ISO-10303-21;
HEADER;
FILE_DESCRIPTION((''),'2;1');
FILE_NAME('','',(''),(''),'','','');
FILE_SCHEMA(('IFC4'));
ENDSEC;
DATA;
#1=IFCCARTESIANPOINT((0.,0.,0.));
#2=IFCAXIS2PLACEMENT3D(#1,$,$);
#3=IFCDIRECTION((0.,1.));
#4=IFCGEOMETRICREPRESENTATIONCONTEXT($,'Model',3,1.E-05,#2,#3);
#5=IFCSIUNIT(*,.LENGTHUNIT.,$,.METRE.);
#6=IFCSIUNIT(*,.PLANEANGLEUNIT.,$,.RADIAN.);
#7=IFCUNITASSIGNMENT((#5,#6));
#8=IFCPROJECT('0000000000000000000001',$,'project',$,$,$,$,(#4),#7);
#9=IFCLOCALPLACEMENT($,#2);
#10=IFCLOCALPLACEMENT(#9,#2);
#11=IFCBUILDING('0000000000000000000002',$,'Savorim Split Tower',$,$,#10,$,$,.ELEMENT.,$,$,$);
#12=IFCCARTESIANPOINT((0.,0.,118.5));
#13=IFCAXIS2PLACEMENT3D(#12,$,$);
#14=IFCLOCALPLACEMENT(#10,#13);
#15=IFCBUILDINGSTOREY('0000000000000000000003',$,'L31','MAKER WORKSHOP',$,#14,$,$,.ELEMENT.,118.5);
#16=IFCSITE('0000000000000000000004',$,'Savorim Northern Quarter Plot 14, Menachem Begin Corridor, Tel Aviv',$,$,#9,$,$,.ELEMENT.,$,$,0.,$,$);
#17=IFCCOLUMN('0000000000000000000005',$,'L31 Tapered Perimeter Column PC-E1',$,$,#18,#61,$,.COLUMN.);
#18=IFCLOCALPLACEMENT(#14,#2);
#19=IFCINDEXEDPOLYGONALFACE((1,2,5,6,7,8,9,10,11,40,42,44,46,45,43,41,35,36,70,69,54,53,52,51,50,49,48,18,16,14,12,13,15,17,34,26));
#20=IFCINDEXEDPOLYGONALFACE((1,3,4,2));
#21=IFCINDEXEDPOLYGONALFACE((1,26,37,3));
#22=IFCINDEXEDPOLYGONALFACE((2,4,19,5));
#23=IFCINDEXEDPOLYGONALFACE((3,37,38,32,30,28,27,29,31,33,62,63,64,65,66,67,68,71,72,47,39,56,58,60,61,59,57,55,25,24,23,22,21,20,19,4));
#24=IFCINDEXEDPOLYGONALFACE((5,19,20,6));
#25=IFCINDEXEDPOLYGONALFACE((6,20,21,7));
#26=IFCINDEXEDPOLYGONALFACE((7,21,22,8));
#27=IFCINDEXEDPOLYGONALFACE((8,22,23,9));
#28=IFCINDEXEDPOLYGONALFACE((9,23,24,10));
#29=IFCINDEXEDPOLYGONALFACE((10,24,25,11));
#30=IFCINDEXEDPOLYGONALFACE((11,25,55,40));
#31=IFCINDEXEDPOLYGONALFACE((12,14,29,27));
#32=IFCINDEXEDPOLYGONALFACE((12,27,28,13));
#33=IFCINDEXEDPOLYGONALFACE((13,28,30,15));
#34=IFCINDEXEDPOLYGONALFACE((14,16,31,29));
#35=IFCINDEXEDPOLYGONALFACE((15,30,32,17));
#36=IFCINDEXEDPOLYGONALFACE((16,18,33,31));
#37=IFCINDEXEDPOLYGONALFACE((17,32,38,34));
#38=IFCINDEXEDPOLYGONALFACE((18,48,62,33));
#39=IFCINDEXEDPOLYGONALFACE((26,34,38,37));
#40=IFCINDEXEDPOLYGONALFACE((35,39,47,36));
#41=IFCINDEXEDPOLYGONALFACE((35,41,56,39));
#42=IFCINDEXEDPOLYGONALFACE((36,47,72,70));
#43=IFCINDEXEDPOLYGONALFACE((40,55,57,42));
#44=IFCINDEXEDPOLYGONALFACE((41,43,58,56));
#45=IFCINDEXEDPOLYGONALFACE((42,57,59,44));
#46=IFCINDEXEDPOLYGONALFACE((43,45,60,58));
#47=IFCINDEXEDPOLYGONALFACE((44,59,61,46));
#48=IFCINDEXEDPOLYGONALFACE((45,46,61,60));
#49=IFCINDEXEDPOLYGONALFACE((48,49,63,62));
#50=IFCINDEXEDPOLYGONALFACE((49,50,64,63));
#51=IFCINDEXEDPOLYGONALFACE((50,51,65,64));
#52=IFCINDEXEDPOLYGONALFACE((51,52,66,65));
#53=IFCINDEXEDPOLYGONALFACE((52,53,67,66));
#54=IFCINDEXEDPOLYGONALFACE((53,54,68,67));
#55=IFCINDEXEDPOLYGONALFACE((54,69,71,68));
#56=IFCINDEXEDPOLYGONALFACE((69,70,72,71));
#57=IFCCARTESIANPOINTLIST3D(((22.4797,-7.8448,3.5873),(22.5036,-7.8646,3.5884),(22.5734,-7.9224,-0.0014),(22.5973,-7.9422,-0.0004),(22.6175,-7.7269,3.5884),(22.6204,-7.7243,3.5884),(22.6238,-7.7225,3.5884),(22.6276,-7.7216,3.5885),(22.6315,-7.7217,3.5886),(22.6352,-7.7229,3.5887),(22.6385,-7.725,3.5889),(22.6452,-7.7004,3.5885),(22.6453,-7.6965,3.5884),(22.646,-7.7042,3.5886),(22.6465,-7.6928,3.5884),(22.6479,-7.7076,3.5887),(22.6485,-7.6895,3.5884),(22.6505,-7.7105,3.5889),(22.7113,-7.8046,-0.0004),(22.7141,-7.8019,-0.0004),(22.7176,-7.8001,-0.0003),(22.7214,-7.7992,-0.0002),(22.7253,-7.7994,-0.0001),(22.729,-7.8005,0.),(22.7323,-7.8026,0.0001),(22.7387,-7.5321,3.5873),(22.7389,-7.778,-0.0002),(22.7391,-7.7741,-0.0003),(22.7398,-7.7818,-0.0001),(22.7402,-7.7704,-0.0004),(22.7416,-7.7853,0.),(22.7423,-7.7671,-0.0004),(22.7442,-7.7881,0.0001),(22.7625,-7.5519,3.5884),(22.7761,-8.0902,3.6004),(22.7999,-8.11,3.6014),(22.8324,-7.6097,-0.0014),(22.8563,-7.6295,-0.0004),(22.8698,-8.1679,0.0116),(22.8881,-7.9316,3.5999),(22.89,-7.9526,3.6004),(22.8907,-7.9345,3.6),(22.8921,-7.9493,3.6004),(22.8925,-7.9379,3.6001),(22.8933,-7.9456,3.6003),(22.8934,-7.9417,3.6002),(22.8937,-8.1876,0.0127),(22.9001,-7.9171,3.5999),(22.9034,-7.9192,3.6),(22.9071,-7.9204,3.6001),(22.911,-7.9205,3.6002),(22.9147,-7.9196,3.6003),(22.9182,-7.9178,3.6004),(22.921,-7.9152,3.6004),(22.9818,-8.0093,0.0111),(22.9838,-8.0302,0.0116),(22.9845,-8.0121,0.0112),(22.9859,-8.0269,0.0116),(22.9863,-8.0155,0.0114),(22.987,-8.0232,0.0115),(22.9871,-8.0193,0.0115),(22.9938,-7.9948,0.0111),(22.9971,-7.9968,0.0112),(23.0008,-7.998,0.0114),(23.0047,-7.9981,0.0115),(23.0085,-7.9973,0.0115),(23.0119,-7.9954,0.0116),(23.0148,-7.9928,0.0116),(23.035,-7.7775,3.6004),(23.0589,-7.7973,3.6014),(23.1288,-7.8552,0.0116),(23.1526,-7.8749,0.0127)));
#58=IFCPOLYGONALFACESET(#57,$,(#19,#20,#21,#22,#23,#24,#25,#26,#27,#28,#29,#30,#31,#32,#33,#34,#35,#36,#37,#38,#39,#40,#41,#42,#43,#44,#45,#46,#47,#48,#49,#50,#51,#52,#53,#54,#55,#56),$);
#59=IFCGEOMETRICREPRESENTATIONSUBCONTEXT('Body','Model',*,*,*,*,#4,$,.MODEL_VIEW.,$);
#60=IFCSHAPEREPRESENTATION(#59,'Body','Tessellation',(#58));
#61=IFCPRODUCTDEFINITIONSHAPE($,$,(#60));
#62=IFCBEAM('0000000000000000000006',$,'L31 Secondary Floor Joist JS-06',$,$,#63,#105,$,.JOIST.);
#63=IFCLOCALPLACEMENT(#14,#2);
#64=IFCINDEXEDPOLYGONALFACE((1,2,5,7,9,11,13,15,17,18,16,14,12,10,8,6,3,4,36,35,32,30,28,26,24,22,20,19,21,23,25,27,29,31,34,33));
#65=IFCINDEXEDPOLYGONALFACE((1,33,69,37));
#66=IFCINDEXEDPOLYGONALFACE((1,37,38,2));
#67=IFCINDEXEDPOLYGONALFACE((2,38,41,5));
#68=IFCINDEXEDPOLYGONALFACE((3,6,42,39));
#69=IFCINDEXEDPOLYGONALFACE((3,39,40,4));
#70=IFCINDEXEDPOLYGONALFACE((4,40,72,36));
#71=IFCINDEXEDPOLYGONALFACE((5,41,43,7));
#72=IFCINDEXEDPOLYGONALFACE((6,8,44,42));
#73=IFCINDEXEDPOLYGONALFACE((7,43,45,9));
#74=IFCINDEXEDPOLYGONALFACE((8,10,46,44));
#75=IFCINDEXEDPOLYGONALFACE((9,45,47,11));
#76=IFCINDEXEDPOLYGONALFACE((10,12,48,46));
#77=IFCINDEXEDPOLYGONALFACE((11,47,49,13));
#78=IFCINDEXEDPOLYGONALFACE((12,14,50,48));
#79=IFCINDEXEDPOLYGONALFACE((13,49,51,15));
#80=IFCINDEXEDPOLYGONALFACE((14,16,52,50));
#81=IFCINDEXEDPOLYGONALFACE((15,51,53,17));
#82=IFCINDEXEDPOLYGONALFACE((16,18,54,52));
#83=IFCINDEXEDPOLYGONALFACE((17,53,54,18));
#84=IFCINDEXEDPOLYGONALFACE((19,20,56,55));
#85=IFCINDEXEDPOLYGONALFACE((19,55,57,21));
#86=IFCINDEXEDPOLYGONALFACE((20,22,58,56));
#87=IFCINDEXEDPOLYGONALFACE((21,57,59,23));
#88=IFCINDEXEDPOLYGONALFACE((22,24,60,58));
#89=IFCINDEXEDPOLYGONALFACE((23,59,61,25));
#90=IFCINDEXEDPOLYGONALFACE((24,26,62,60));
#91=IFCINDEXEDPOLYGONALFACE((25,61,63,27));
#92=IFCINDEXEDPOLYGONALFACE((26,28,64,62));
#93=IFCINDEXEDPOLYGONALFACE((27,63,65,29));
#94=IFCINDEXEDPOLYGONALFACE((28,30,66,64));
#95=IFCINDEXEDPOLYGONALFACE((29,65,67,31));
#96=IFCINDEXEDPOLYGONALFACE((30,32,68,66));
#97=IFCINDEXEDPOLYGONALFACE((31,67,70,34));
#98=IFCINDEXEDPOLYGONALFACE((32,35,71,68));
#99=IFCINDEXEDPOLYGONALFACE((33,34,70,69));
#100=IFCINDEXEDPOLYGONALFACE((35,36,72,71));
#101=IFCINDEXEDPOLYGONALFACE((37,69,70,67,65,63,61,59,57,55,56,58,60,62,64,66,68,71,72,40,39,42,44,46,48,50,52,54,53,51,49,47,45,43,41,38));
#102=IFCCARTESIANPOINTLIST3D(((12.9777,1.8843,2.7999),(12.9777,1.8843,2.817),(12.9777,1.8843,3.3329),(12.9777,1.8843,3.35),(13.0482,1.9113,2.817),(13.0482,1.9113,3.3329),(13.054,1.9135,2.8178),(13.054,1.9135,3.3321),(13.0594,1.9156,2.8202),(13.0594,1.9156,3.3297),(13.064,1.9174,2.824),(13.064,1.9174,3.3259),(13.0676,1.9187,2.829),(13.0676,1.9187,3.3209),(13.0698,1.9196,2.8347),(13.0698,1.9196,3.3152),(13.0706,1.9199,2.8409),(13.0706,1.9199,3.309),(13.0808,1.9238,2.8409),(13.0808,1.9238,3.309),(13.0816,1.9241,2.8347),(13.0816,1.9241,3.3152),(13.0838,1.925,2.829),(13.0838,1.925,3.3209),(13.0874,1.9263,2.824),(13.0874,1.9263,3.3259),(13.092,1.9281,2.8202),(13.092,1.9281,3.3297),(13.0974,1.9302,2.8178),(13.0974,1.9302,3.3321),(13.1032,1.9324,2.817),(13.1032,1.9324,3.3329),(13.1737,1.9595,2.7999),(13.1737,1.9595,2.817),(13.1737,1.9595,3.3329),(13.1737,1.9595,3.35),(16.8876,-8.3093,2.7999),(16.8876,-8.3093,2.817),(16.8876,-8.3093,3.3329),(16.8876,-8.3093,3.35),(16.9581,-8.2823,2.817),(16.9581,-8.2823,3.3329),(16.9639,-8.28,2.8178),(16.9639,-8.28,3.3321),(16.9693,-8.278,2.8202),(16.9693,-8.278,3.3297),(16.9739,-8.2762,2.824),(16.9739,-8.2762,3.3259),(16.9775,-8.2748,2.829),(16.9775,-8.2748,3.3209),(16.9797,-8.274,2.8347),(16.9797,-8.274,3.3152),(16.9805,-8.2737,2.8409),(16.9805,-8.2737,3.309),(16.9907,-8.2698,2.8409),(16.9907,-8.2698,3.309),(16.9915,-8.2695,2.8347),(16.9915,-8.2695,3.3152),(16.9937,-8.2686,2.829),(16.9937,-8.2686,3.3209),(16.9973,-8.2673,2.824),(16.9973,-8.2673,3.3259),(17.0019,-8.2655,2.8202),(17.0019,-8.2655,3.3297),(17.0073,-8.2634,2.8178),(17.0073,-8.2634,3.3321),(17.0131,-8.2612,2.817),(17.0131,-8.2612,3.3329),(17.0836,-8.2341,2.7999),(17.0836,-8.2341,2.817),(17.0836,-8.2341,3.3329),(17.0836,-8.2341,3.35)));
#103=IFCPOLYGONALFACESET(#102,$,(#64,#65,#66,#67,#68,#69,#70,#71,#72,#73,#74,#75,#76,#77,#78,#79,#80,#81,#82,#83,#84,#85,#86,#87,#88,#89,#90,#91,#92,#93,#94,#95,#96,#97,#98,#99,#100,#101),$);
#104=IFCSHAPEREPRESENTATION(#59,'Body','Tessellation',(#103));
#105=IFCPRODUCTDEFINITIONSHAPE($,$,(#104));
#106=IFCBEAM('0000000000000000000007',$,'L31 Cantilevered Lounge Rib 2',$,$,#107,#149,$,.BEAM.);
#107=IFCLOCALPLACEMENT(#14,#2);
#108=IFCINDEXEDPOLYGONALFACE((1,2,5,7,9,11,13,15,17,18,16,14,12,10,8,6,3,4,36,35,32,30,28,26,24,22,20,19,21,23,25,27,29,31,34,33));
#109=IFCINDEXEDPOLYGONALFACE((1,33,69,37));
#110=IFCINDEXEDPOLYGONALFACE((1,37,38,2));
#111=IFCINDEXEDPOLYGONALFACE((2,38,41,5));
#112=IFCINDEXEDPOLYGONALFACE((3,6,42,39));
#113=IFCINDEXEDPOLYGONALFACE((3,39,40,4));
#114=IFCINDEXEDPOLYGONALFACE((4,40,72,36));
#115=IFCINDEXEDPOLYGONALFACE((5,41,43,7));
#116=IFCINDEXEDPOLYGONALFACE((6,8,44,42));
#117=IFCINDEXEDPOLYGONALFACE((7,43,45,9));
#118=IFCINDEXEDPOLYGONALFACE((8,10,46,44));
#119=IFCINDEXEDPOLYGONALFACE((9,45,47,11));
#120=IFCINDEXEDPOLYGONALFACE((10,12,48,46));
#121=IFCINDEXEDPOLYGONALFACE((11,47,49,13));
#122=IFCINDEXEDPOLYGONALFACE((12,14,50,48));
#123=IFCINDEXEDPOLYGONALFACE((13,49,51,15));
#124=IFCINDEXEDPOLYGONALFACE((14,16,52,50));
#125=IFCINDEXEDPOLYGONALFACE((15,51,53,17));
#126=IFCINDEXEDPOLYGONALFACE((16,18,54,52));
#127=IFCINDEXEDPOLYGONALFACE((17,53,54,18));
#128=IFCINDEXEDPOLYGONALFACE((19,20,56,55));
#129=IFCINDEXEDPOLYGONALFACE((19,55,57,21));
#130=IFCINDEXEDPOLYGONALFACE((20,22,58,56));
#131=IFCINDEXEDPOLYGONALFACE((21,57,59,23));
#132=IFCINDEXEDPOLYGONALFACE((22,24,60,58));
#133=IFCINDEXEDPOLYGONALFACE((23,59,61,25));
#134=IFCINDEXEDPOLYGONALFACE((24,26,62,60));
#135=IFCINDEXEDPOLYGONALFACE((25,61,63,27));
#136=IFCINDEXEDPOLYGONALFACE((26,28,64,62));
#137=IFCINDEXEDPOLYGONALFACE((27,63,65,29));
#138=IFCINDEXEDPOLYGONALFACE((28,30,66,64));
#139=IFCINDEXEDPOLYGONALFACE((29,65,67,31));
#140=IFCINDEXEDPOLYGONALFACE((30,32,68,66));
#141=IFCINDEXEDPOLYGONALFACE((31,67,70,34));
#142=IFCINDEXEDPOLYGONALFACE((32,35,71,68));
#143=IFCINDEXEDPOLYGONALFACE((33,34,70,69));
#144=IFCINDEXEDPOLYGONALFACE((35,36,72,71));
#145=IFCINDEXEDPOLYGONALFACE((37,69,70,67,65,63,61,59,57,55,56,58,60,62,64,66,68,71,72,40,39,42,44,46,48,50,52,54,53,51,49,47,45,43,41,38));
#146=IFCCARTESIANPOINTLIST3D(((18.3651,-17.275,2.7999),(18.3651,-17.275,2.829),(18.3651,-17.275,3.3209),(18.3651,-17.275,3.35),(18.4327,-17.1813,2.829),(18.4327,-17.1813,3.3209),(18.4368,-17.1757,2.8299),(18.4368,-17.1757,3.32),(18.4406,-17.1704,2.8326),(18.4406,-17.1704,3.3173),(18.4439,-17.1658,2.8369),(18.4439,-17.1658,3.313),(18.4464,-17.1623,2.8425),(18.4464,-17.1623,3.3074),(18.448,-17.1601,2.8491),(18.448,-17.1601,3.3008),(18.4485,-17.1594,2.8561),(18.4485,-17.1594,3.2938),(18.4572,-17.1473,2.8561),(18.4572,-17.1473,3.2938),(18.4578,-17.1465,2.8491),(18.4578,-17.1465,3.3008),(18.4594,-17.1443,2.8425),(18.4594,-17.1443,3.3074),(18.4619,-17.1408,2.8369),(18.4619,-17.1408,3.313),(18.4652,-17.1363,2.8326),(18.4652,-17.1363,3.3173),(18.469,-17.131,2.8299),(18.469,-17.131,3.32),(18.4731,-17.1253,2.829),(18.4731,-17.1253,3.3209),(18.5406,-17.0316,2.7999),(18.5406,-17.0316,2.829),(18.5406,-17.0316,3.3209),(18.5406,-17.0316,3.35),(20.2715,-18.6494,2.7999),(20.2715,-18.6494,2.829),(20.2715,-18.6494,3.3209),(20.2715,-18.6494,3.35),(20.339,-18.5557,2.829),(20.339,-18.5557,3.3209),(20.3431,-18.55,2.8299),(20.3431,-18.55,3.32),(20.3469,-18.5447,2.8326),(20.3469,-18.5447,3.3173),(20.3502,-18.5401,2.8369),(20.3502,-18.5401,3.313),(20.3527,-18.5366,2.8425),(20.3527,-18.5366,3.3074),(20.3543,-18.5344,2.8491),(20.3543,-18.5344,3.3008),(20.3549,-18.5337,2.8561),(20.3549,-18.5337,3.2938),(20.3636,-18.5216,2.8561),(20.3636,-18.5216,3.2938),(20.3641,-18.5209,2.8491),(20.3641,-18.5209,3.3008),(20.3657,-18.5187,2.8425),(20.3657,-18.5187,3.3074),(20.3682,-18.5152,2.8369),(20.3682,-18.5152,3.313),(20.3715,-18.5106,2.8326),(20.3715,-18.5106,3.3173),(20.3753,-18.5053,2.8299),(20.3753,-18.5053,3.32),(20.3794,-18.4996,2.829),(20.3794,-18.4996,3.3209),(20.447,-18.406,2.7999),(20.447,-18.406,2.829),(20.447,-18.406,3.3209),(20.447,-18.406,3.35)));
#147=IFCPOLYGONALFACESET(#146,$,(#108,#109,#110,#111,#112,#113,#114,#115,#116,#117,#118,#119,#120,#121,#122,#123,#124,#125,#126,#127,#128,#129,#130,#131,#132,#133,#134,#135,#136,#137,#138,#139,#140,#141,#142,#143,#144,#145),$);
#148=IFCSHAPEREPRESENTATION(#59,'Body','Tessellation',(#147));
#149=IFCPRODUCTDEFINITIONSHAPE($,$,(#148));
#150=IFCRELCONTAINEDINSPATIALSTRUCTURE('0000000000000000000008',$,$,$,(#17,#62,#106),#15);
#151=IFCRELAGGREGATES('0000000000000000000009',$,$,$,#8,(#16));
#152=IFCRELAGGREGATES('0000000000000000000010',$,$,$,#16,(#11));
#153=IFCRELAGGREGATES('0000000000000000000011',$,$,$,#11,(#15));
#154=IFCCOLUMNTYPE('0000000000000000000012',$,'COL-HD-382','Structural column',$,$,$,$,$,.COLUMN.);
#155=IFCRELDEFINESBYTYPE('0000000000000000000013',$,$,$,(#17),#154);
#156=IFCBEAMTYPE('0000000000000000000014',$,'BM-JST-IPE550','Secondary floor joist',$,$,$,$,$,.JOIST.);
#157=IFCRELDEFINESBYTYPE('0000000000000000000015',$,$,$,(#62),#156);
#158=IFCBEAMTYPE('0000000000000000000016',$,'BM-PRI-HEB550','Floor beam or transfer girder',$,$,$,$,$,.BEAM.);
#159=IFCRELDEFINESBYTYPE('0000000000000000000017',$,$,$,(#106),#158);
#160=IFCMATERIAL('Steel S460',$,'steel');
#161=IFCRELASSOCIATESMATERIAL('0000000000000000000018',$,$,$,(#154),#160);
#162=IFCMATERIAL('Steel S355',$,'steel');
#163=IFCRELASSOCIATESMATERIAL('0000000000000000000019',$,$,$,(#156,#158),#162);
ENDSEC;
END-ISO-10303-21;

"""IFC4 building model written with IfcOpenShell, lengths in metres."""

from ifc_helpers import new_model, si_unit, direction, frame, origin, origin_2d, place, context, subcontext, project, spatial, i_section, extrude, material, material_profile, profile_set, type_object, element, save


model = new_model("IFC4")

# Units and contexts
model_context = context("Model", 3, precision=1e-05, world=origin(), true_north=direction((0.0, 1.0)))
body_context = subcontext(model_context, "Body", "Model", "MODEL_VIEW")
ifc_project = project(units=[si_unit("LENGTHUNIT", "METRE"), si_unit("PLANEANGLEUNIT", "RADIAN")], contexts=[model_context])

# Site, building, storey
site_placement = place(None, origin())
site = spatial("IfcSite", under=ifc_project, at=site_placement, Name="Savorim Northern Quarter Plot 14, Menachem Begin Corridor, Tel Aviv", CompositionType="ELEMENT", RefElevation=0.0)
building_placement = place(site_placement, origin())
building = spatial("IfcBuilding", under=site, at=building_placement, Name="Savorim Split Tower", CompositionType="ELEMENT")
storey_placement = place(building_placement, frame((0.0, 0.0, 118.5)))
storey = spatial("IfcBuildingStorey", under=building, at=storey_placement, Name="L31", Description="MAKER WORKSHOP", CompositionType="ELEMENT", Elevation=118.5)

# Column
ifc_material_1 = material(Name="Steel S460", Category="steel")
ifc_material_profile_1 = material_profile(ifc_material_1, i_section(OverallWidth=0.406, OverallDepth=0.416, WebThickness=0.0188, FlangeThickness=0.031, FilletRadius=0.0149, at=origin_2d()), Name="HD 400x382")
ifc_profile_set_1 = profile_set([ifc_material_profile_1], Name="Steel S460")
column_type = type_object("IfcColumnType", Name="COL-HD-382", Description="Structural column", PredefinedType="COLUMN", material=ifc_profile_set_1)
column_placement = place(storey_placement, frame((22.863, -7.8987, 0.0056), z_axis=(-0.026107, 0.02162, 0.999425), x_axis=(-0.637814, -0.77019, 0.0)))
element("IfcColumn", 1, at=column_placement, inside=storey, type_object=column_type, Name="L31 Tapered Perimeter Column PC-E1", PredefinedType="COLUMN", context=body_context, shape_type="SweptSolid", body=[
    extrude(i_section(OverallWidth=0.406, OverallDepth=0.416, WebThickness=0.0188, FlangeThickness=0.031, FilletRadius=0.0149, at=origin_2d()), origin(), (0.0, 0.0, 1.0), 3.5908),
])

# Beams
ifc_material_2 = material(Name="Steel S355", Category="steel")
ifc_material_profile_2 = material_profile(ifc_material_2, i_section(OverallWidth=0.21, OverallDepth=0.55, WebThickness=0.011, FlangeThickness=0.0171, FilletRadius=0.0239, at=origin_2d()), Name="IPE 550")
ifc_profile_set_2 = profile_set([ifc_material_profile_2], Name="Steel S355")
beam_type_1 = type_object("IfcBeamType", Name="BM-JST-IPE550", Description="Secondary floor joist", PredefinedType="JOIST", material=ifc_profile_set_2)
beam_1_placement = place(storey_placement, frame((16.9856, -8.2717, 3.075), z_axis=(-0.358125, 0.933674, 0.0), x_axis=(-0.933674, -0.358125, 0.0)))
element("IfcBeam", 2, at=beam_1_placement, inside=storey, type_object=beam_type_1, Name="L31 Secondary Floor Joist JS-06", PredefinedType="JOIST", context=body_context, shape_type="SweptSolid", body=[
    extrude(i_section(OverallWidth=0.21, OverallDepth=0.55, WebThickness=0.011, FlangeThickness=0.0171, FilletRadius=0.0239, at=origin_2d()), origin(), (0.0, 0.0, 1.0), 10.9177),
])
ifc_material_profile_3 = material_profile(ifc_material_2, i_section(OverallWidth=0.3, OverallDepth=0.55, WebThickness=0.0149, FlangeThickness=0.0291, FilletRadius=0.0271, at=origin_2d()), Name="HEB 550")
ifc_profile_set_3 = profile_set([ifc_material_profile_3], Name="Steel S355")
beam_type_2 = type_object("IfcBeamType", Name="BM-PRI-HEB550", Description="Floor beam or transfer girder", PredefinedType="BEAM", material=ifc_profile_set_3)
beam_2_placement = place(storey_placement, frame((18.4529, -17.1533, 3.075), z_axis=(0.811178, -0.5848, 0.0), x_axis=(0.5848, 0.811178, 0.0)))
element("IfcBeam", 3, at=beam_2_placement, inside=storey, type_object=beam_type_2, Name="L31 Cantilevered Lounge Rib 2", PredefinedType="BEAM", context=body_context, shape_type="SweptSolid", body=[
    extrude(i_section(OverallWidth=0.3, OverallDepth=0.55, WebThickness=0.0149, FlangeThickness=0.0291, FilletRadius=0.0271, at=origin_2d()), origin(), (0.0, 0.0, 1.0), 2.3501),
])

save(model, "model.ifc")
